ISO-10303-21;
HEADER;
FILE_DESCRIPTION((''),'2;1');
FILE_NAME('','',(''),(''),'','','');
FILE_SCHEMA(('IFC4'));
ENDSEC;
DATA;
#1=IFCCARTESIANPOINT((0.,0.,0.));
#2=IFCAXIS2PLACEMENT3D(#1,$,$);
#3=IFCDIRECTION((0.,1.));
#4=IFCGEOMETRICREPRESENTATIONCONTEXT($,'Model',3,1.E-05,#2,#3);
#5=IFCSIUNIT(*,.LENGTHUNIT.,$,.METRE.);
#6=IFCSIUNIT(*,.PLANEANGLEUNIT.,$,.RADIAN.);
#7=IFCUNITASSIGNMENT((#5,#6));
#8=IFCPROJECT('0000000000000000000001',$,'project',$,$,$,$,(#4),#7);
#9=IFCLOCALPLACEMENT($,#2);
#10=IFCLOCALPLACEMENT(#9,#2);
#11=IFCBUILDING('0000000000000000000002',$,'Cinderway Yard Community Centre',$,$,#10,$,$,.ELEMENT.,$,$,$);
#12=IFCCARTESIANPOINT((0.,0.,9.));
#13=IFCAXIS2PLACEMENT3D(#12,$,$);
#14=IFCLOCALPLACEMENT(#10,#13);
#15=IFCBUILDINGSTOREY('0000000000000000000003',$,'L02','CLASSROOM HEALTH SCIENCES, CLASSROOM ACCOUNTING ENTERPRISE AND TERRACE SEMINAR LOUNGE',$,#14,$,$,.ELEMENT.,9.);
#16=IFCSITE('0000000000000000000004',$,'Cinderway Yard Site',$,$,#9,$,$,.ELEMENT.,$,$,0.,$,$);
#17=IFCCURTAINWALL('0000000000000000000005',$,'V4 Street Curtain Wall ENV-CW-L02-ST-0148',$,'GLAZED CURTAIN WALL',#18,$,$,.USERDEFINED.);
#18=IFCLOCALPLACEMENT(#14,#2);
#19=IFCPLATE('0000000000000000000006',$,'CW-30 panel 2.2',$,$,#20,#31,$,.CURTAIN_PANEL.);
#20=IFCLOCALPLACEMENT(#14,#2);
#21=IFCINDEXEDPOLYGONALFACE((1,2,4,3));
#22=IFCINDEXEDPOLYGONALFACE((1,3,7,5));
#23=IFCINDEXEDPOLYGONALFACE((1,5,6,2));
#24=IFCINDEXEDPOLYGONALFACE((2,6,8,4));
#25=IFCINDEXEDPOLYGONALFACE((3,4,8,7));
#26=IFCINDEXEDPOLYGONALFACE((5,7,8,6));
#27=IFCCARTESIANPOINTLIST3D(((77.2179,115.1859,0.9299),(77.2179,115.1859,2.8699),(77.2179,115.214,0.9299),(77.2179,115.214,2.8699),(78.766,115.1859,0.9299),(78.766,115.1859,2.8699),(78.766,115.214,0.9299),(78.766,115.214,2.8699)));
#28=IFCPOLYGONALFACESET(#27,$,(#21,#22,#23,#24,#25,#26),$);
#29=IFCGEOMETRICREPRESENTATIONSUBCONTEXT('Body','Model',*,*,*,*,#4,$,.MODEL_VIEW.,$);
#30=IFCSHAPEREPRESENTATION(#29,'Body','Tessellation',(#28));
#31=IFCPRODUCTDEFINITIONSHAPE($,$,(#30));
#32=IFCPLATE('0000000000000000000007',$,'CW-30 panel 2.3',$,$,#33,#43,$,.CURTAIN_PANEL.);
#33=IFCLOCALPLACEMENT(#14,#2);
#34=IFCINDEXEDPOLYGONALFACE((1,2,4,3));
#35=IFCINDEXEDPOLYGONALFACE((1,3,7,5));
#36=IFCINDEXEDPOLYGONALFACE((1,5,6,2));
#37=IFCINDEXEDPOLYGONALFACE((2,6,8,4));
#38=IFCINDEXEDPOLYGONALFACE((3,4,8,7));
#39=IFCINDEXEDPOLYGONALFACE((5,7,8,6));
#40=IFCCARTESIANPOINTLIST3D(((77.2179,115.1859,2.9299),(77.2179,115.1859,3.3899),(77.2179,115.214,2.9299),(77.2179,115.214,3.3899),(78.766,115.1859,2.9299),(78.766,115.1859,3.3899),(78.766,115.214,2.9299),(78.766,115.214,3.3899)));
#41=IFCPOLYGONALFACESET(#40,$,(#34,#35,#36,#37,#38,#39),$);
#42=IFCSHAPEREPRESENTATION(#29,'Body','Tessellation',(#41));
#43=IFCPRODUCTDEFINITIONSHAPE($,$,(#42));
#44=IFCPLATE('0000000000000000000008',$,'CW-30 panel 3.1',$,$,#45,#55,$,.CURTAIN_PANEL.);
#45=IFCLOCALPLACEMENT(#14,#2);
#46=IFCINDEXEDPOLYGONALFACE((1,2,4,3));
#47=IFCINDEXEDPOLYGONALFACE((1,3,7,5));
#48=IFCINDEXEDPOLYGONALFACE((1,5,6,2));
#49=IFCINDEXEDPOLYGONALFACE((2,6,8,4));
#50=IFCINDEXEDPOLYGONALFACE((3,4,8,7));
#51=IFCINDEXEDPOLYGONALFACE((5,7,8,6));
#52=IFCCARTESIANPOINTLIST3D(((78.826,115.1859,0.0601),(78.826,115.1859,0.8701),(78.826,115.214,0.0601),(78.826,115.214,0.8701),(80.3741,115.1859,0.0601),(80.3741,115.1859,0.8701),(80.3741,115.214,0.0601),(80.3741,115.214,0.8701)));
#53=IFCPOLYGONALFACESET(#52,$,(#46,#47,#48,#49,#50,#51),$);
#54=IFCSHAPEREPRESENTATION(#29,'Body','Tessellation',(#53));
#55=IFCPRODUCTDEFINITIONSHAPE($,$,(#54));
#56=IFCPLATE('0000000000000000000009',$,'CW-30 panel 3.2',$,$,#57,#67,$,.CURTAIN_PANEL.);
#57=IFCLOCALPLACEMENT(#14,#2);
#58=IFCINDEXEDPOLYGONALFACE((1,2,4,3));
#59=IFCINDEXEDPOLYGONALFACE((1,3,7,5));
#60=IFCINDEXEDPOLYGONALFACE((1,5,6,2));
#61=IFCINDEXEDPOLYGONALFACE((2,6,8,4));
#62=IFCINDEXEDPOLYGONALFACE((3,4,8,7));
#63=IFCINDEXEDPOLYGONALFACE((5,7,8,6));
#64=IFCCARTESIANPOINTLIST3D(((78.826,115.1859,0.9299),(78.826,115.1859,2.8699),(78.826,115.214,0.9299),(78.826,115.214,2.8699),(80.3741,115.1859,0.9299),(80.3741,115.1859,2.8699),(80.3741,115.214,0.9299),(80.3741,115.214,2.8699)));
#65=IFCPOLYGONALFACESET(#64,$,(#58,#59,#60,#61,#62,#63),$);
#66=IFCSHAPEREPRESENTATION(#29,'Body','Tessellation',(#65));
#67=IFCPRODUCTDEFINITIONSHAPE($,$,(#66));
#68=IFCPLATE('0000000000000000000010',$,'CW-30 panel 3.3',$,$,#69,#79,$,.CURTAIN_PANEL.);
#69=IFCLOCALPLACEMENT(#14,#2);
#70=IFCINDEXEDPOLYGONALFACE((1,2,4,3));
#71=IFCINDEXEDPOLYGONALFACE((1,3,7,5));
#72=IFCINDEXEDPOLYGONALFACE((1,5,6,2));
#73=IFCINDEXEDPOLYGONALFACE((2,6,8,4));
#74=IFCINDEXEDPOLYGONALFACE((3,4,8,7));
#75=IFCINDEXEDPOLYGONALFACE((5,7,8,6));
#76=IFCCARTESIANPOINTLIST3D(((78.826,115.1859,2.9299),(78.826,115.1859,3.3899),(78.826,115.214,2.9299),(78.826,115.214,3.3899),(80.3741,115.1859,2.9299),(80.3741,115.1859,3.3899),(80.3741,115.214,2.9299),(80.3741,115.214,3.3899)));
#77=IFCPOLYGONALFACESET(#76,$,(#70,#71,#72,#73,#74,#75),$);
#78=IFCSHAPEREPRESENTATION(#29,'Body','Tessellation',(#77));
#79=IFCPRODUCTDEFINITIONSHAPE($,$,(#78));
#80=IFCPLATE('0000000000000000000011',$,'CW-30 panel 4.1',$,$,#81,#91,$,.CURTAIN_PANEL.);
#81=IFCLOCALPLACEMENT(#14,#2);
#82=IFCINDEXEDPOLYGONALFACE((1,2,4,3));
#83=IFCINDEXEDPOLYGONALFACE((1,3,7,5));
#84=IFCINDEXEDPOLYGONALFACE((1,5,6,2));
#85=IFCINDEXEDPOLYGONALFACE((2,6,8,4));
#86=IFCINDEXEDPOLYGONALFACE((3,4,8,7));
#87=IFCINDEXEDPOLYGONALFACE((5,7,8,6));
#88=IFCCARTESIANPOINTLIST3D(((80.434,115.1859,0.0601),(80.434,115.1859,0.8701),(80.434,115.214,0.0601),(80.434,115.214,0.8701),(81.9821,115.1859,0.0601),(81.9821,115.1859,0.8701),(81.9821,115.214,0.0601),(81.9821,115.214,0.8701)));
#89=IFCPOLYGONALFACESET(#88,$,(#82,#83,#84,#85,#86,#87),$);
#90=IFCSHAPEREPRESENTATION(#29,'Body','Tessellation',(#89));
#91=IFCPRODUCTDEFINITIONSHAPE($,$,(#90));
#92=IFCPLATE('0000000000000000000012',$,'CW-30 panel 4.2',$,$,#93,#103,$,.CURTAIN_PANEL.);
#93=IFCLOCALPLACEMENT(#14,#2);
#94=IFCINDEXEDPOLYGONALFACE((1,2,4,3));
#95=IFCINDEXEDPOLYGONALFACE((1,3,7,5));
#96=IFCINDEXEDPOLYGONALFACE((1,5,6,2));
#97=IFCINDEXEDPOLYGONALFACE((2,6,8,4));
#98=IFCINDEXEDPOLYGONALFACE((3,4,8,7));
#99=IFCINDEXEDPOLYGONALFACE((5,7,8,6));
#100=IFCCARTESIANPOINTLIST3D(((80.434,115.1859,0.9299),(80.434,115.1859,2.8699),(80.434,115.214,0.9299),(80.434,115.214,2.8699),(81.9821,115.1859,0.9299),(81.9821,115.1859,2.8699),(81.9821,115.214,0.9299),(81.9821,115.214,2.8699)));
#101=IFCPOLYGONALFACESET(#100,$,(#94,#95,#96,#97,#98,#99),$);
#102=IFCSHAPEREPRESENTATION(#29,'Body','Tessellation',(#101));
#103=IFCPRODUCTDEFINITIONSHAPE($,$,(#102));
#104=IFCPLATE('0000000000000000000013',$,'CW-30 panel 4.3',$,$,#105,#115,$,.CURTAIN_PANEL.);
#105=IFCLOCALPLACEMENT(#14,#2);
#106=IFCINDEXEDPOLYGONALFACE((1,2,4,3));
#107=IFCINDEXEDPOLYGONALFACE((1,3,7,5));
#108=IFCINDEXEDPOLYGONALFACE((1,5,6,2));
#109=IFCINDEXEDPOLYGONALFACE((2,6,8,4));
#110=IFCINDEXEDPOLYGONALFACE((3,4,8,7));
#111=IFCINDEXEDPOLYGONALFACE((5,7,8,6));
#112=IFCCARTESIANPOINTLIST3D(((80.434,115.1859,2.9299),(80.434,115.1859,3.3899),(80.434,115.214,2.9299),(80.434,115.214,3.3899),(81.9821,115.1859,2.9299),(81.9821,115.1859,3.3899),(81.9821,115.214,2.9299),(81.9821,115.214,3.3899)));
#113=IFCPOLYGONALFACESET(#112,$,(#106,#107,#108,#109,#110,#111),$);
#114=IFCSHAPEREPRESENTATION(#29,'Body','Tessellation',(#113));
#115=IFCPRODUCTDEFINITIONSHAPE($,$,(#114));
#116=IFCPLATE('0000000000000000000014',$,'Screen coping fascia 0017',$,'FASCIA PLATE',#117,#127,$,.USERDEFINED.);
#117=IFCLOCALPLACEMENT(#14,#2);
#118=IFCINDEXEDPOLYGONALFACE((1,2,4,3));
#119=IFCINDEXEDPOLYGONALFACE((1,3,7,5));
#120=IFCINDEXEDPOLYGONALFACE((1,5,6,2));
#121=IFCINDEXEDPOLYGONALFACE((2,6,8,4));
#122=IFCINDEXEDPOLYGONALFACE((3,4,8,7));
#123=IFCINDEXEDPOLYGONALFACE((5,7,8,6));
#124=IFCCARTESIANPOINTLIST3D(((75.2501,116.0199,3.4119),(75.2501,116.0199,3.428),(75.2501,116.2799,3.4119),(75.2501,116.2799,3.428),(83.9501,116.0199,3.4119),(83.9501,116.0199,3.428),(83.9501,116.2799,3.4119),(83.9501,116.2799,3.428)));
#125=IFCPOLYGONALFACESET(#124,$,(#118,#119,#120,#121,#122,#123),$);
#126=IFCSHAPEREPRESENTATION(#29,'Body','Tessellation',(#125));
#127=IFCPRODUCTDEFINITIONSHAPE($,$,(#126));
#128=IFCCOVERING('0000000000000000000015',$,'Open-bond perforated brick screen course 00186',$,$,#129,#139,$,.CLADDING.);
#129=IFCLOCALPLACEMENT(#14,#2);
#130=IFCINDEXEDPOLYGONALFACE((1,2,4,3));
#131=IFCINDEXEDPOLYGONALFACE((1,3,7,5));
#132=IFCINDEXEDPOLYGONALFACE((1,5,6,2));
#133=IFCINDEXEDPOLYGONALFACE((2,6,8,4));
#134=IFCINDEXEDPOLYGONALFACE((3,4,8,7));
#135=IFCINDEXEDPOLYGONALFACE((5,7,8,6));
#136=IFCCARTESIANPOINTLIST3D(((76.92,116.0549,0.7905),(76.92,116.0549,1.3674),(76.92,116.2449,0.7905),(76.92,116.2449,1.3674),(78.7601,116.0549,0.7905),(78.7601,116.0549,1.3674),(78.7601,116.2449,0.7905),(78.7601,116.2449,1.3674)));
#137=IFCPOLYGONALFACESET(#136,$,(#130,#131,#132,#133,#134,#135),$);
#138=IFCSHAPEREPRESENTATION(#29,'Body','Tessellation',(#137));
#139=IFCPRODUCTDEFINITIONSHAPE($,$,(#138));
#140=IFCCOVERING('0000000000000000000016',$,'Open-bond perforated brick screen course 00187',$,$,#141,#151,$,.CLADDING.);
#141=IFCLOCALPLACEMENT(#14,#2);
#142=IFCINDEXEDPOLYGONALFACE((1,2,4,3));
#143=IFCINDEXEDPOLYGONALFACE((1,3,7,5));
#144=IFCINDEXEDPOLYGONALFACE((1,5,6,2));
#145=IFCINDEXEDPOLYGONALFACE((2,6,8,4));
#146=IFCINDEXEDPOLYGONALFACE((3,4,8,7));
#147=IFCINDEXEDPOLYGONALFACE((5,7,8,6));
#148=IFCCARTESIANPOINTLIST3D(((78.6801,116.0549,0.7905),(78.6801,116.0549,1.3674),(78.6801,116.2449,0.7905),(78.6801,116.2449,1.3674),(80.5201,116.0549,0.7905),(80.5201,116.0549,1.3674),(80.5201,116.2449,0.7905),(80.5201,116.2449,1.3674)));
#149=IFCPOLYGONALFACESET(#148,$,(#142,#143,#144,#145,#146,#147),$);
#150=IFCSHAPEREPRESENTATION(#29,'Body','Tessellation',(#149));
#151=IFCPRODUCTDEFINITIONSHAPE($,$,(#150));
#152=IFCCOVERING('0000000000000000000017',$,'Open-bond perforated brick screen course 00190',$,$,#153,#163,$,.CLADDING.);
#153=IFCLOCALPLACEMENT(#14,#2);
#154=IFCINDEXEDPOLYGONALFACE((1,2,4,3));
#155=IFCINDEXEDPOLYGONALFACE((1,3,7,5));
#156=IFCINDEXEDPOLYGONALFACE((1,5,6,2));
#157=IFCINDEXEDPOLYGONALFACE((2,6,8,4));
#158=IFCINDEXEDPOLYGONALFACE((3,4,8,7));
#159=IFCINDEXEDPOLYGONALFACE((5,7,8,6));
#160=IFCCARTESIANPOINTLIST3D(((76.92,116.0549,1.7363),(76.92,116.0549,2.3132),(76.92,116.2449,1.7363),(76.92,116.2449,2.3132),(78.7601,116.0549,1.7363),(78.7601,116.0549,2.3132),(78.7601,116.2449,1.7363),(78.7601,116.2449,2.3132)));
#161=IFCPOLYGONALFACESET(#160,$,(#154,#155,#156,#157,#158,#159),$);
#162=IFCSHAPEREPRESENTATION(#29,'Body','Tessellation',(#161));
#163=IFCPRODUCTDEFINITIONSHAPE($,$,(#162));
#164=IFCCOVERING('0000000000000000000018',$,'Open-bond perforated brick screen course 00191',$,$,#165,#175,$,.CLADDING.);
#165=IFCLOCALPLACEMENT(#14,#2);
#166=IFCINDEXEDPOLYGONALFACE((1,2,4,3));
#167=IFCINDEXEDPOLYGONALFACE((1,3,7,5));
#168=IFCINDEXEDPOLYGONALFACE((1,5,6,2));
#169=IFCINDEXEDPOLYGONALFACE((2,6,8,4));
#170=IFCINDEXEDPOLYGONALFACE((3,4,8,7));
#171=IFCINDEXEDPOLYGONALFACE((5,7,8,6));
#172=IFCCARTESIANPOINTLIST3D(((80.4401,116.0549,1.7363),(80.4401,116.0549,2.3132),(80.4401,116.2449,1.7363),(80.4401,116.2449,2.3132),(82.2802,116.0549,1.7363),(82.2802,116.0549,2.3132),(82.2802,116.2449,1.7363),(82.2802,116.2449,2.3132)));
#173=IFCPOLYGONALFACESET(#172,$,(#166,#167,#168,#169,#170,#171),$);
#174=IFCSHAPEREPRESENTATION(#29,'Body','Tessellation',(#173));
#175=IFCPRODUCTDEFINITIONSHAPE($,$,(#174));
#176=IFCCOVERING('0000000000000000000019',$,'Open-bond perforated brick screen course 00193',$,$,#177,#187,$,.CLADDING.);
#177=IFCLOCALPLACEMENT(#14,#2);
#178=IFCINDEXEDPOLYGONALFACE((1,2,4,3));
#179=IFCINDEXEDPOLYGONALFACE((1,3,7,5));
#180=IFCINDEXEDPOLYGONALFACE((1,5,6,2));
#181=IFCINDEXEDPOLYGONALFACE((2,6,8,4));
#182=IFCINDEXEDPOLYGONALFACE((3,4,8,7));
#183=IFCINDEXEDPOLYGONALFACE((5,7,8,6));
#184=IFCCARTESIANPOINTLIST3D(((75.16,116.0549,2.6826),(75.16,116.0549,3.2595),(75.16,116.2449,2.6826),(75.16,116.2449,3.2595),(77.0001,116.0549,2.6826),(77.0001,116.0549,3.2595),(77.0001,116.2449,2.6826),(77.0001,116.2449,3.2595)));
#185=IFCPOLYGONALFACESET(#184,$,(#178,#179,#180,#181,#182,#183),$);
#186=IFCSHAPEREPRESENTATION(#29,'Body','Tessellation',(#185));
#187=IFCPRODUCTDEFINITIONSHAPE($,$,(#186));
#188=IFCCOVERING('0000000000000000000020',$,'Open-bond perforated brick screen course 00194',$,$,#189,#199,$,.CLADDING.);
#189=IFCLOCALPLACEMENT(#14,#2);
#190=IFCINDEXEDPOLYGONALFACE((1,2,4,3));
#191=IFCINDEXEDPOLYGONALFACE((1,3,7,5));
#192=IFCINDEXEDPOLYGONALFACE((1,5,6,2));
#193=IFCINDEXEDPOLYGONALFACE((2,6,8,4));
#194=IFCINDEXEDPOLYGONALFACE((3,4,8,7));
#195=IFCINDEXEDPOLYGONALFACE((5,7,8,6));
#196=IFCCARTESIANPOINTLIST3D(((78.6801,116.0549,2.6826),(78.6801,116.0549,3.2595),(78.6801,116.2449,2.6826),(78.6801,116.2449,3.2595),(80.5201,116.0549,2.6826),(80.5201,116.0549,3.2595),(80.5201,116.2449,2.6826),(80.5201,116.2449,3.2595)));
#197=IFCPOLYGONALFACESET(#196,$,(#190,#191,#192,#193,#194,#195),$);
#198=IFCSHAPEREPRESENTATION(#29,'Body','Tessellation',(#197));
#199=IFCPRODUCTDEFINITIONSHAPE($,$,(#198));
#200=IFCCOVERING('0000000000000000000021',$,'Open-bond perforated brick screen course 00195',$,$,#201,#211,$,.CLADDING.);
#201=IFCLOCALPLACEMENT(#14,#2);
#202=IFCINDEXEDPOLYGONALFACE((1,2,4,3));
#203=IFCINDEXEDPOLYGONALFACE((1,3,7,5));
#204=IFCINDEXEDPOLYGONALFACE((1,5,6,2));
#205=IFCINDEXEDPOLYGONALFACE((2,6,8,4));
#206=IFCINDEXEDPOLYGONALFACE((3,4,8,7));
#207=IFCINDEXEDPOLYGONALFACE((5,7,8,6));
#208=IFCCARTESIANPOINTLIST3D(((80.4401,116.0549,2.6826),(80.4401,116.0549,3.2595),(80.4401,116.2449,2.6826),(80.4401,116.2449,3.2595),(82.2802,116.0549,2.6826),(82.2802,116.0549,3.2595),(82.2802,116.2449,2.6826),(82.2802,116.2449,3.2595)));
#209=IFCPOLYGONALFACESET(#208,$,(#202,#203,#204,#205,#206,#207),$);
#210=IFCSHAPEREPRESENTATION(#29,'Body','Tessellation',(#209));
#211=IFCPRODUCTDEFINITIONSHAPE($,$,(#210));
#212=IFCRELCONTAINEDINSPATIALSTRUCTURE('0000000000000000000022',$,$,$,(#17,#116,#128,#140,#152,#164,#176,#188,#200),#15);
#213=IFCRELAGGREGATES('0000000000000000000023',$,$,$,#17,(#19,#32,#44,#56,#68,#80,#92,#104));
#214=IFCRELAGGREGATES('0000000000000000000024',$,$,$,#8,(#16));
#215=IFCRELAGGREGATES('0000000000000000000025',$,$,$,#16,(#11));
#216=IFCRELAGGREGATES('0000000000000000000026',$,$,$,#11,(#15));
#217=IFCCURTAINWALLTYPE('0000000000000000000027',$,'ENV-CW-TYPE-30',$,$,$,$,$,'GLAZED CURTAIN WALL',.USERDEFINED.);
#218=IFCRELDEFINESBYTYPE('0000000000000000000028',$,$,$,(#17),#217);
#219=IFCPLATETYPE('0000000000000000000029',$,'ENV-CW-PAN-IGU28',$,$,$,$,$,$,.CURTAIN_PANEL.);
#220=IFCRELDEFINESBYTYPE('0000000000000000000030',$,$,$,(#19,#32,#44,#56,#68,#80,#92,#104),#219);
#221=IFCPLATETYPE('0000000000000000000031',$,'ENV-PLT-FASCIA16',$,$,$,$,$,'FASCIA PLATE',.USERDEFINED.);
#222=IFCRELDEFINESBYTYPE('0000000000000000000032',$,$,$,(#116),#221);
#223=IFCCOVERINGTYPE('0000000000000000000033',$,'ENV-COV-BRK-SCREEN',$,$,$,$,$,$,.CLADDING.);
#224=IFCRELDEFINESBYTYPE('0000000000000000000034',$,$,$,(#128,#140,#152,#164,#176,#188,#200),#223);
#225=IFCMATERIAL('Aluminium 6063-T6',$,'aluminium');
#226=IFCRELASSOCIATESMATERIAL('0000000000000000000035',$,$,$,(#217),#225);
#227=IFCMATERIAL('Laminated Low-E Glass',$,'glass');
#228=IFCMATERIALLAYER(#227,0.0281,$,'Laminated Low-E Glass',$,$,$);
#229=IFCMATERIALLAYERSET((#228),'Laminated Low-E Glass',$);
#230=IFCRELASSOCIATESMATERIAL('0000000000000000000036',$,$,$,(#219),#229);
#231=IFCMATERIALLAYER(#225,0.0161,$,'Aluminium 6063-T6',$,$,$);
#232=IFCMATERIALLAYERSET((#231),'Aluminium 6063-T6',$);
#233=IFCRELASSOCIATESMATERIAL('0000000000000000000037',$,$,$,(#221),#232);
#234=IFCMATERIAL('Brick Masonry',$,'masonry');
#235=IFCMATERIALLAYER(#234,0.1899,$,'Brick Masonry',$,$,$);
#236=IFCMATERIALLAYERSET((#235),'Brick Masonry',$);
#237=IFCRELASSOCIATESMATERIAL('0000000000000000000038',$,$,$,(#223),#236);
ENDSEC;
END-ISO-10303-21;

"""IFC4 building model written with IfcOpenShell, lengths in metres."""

from ifc_helpers import new_model, si_unit, direction, frame, origin, origin_2d, place, context, subcontext, project, spatial, rectangle, extrude, material, layer, layer_set, type_object, element, aggregate, save


model = new_model("IFC4")

# Units and contexts
model_context = context("Model", 3, precision=1e-05, world=origin(), true_north=direction((0.0, 1.0)))
body_context = subcontext(model_context, "Body", "Model", "MODEL_VIEW")
ifc_project = project(units=[si_unit("LENGTHUNIT", "METRE"), si_unit("PLANEANGLEUNIT", "RADIAN")], contexts=[model_context])

# Site, building, storey
site_placement = place(None, origin())
site = spatial("IfcSite", under=ifc_project, at=site_placement, Name="Cinderway Yard Site", CompositionType="ELEMENT", RefElevation=0.0)
building_placement = place(site_placement, origin())
building = spatial("IfcBuilding", under=site, at=building_placement, Name="Cinderway Yard Community Centre", CompositionType="ELEMENT")
storey_placement = place(building_placement, frame((0.0, 0.0, 9.0)))
storey = spatial("IfcBuildingStorey", under=building, at=storey_placement, Name="L02", Description="CLASSROOM HEALTH SCIENCES, CLASSROOM ACCOUNTING ENTERPRISE AND TERRACE SEMINAR LOUNGE", CompositionType="ELEMENT", Elevation=9.0)

# Curtain wall
ifc_material_1 = material(Name="Aluminium 6063-T6", Category="aluminium")
curtain_wall_type = type_object("IfcCurtainWallType", Name="ENV-CW-TYPE-30", ElementType="GLAZED CURTAIN WALL", PredefinedType="USERDEFINED", material=ifc_material_1)
curtain_wall_placement = place(storey_placement, origin())
curtain_wall = element("IfcCurtainWall", 1, at=curtain_wall_placement, inside=storey, type_object=curtain_wall_type, Name="V4 Street Curtain Wall ENV-CW-L02-ST-0148", ObjectType="GLAZED CURTAIN WALL", PredefinedType="USERDEFINED")

# Plates
ifc_material_2 = material(Name="Laminated Low-E Glass", Category="glass")
ifc_layer_1 = layer(ifc_material_2, 0.0281, Name="Laminated Low-E Glass")
ifc_layer_set_1 = layer_set([ifc_layer_1], Name="Laminated Low-E Glass")
plate_type_1 = type_object("IfcPlateType", Name="ENV-CW-PAN-IGU28", PredefinedType="CURTAIN_PANEL", material=ifc_layer_set_1)
plate_1_placement = place(storey_placement, frame((77.9919, 115.2, 0.9299), z_axis=(0.0, 0.0, 1.0), x_axis=(1.0, 0.0, 0.0)))
plate_1 = element("IfcPlate", 2, at=plate_1_placement, type_object=plate_type_1, Name="CW-30 panel 2.2", PredefinedType="CURTAIN_PANEL", context=body_context, shape_type="SweptSolid", body=[
    extrude(rectangle(XDim=1.5481, YDim=0.0281, at=origin_2d()), origin(), (0.0, 0.0, 1.0), 1.9399),
])
plate_2_placement = place(storey_placement, frame((77.9919, 115.2, 2.9299), z_axis=(0.0, 0.0, 1.0), x_axis=(1.0, 0.0, 0.0)))
plate_2 = element("IfcPlate", 3, at=plate_2_placement, type_object=plate_type_1, Name="CW-30 panel 2.3", PredefinedType="CURTAIN_PANEL", context=body_context, shape_type="SweptSolid", body=[
    extrude(rectangle(XDim=1.5481, YDim=0.0281, at=origin_2d()), origin(), (0.0, 0.0, 1.0), 0.46),
])
plate_3_placement = place(storey_placement, frame((79.6001, 115.2, 0.0601), z_axis=(0.0, 0.0, 1.0), x_axis=(1.0, 0.0, 0.0)))
plate_3 = element("IfcPlate", 4, at=plate_3_placement, type_object=plate_type_1, Name="CW-30 panel 3.1", PredefinedType="CURTAIN_PANEL", context=body_context, shape_type="SweptSolid", body=[
    extrude(rectangle(XDim=1.5481, YDim=0.0281, at=origin_2d()), origin(), (0.0, 0.0, 1.0), 0.8101),
])
plate_4_placement = place(storey_placement, frame((79.6001, 115.2, 0.9299), z_axis=(0.0, 0.0, 1.0), x_axis=(1.0, 0.0, 0.0)))
plate_4 = element("IfcPlate", 5, at=plate_4_placement, type_object=plate_type_1, Name="CW-30 panel 3.2", PredefinedType="CURTAIN_PANEL", context=body_context, shape_type="SweptSolid", body=[
    extrude(rectangle(XDim=1.5481, YDim=0.0281, at=origin_2d()), origin(), (0.0, 0.0, 1.0), 1.9399),
])
plate_5_placement = place(storey_placement, frame((79.6001, 115.2, 2.9299), z_axis=(0.0, 0.0, 1.0), x_axis=(1.0, 0.0, 0.0)))
plate_5 = element("IfcPlate", 6, at=plate_5_placement, type_object=plate_type_1, Name="CW-30 panel 3.3", PredefinedType="CURTAIN_PANEL", context=body_context, shape_type="SweptSolid", body=[
    extrude(rectangle(XDim=1.5481, YDim=0.0281, at=origin_2d()), origin(), (0.0, 0.0, 1.0), 0.46),
])
plate_6_placement = place(storey_placement, frame((81.208, 115.2, 0.0601), z_axis=(0.0, 0.0, 1.0), x_axis=(1.0, 0.0, 0.0)))
plate_6 = element("IfcPlate", 7, at=plate_6_placement, type_object=plate_type_1, Name="CW-30 panel 4.1", PredefinedType="CURTAIN_PANEL", context=body_context, shape_type="SweptSolid", body=[
    extrude(rectangle(XDim=1.5481, YDim=0.0281, at=origin_2d()), origin(), (0.0, 0.0, 1.0), 0.8101),
])
plate_7_placement = place(storey_placement, frame((81.208, 115.2, 0.9299), z_axis=(0.0, 0.0, 1.0), x_axis=(1.0, 0.0, 0.0)))
plate_7 = element("IfcPlate", 8, at=plate_7_placement, type_object=plate_type_1, Name="CW-30 panel 4.2", PredefinedType="CURTAIN_PANEL", context=body_context, shape_type="SweptSolid", body=[
    extrude(rectangle(XDim=1.5481, YDim=0.0281, at=origin_2d()), origin(), (0.0, 0.0, 1.0), 1.9399),
])
plate_8_placement = place(storey_placement, frame((81.208, 115.2, 2.9299), z_axis=(0.0, 0.0, 1.0), x_axis=(1.0, 0.0, 0.0)))
plate_8 = element("IfcPlate", 9, at=plate_8_placement, type_object=plate_type_1, Name="CW-30 panel 4.3", PredefinedType="CURTAIN_PANEL", context=body_context, shape_type="SweptSolid", body=[
    extrude(rectangle(XDim=1.5481, YDim=0.0281, at=origin_2d()), origin(), (0.0, 0.0, 1.0), 0.46),
])
aggregate(curtain_wall, [plate_1, plate_2, plate_3, plate_4, plate_5, plate_6, plate_7, plate_8])
ifc_layer_2 = layer(ifc_material_1, 0.0161, Name="Aluminium 6063-T6")
ifc_layer_set_2 = layer_set([ifc_layer_2], Name="Aluminium 6063-T6")
plate_type_2 = type_object("IfcPlateType", Name="ENV-PLT-FASCIA16", ElementType="FASCIA PLATE", PredefinedType="USERDEFINED", material=ifc_layer_set_2)
plate_9_placement = place(storey_placement, frame((79.6001, 116.1499, 3.4119), z_axis=(0.0, 0.0, 1.0), x_axis=(1.0, 0.0, 0.0)))
element("IfcPlate", 10, at=plate_9_placement, inside=storey, type_object=plate_type_2, Name="Screen coping fascia 0017", ObjectType="FASCIA PLATE", PredefinedType="USERDEFINED", context=body_context, shape_type="SweptSolid", body=[
    extrude(rectangle(XDim=8.7, YDim=0.26, at=origin_2d()), origin(), (0.0, 0.0, 1.0), 0.0161),
])

# Coverings
ifc_material_3 = material(Name="Brick Masonry", Category="masonry")
ifc_layer_3 = layer(ifc_material_3, 0.1899, Name="Brick Masonry")
ifc_layer_set_3 = layer_set([ifc_layer_3], Name="Brick Masonry")
covering_type = type_object("IfcCoveringType", Name="ENV-COV-BRK-SCREEN", PredefinedType="CLADDING", material=ifc_layer_set_3)
for number, where, z_axis, x_axis, name in (
    (11, (77.8401, 116.1499, 0.7905), (0.0, 0.0, 1.0), (1.0, 0.0, 0.0), "Open-bond perforated brick screen course 00186"),
    (12, (79.6001, 116.1499, 0.7905), (0.0, 0.0, 1.0), (1.0, 0.0, 0.0), "Open-bond perforated brick screen course 00187"),
    (13, (77.8401, 116.1499, 1.7363), (0.0, 0.0, 1.0), (1.0, 0.0, 0.0), "Open-bond perforated brick screen course 00190"),
    (14, (81.3601, 116.1499, 1.7363), (0.0, 0.0, 1.0), (1.0, 0.0, 0.0), "Open-bond perforated brick screen course 00191"),
    (15, (76.0801, 116.1499, 2.6826), (0.0, 0.0, 1.0), (1.0, 0.0, 0.0), "Open-bond perforated brick screen course 00193"),
    (16, (79.6001, 116.1499, 2.6826), (0.0, 0.0, 1.0), (1.0, 0.0, 0.0), "Open-bond perforated brick screen course 00194"),
    (17, (81.3601, 116.1499, 2.6826), (0.0, 0.0, 1.0), (1.0, 0.0, 0.0), "Open-bond perforated brick screen course 00195"),
):
    element("IfcCovering", number, at=place(storey_placement, frame(where, z_axis=z_axis, x_axis=x_axis)), inside=storey, type_object=covering_type, Name=name, PredefinedType="CLADDING", context=body_context, shape_type="SweptSolid", body=[
        extrude(rectangle(XDim=1.8401, YDim=0.1899, at=origin_2d()), origin(), (0.0, 0.0, 1.0), 0.5769),
    ])

save(model, "model.ifc")
